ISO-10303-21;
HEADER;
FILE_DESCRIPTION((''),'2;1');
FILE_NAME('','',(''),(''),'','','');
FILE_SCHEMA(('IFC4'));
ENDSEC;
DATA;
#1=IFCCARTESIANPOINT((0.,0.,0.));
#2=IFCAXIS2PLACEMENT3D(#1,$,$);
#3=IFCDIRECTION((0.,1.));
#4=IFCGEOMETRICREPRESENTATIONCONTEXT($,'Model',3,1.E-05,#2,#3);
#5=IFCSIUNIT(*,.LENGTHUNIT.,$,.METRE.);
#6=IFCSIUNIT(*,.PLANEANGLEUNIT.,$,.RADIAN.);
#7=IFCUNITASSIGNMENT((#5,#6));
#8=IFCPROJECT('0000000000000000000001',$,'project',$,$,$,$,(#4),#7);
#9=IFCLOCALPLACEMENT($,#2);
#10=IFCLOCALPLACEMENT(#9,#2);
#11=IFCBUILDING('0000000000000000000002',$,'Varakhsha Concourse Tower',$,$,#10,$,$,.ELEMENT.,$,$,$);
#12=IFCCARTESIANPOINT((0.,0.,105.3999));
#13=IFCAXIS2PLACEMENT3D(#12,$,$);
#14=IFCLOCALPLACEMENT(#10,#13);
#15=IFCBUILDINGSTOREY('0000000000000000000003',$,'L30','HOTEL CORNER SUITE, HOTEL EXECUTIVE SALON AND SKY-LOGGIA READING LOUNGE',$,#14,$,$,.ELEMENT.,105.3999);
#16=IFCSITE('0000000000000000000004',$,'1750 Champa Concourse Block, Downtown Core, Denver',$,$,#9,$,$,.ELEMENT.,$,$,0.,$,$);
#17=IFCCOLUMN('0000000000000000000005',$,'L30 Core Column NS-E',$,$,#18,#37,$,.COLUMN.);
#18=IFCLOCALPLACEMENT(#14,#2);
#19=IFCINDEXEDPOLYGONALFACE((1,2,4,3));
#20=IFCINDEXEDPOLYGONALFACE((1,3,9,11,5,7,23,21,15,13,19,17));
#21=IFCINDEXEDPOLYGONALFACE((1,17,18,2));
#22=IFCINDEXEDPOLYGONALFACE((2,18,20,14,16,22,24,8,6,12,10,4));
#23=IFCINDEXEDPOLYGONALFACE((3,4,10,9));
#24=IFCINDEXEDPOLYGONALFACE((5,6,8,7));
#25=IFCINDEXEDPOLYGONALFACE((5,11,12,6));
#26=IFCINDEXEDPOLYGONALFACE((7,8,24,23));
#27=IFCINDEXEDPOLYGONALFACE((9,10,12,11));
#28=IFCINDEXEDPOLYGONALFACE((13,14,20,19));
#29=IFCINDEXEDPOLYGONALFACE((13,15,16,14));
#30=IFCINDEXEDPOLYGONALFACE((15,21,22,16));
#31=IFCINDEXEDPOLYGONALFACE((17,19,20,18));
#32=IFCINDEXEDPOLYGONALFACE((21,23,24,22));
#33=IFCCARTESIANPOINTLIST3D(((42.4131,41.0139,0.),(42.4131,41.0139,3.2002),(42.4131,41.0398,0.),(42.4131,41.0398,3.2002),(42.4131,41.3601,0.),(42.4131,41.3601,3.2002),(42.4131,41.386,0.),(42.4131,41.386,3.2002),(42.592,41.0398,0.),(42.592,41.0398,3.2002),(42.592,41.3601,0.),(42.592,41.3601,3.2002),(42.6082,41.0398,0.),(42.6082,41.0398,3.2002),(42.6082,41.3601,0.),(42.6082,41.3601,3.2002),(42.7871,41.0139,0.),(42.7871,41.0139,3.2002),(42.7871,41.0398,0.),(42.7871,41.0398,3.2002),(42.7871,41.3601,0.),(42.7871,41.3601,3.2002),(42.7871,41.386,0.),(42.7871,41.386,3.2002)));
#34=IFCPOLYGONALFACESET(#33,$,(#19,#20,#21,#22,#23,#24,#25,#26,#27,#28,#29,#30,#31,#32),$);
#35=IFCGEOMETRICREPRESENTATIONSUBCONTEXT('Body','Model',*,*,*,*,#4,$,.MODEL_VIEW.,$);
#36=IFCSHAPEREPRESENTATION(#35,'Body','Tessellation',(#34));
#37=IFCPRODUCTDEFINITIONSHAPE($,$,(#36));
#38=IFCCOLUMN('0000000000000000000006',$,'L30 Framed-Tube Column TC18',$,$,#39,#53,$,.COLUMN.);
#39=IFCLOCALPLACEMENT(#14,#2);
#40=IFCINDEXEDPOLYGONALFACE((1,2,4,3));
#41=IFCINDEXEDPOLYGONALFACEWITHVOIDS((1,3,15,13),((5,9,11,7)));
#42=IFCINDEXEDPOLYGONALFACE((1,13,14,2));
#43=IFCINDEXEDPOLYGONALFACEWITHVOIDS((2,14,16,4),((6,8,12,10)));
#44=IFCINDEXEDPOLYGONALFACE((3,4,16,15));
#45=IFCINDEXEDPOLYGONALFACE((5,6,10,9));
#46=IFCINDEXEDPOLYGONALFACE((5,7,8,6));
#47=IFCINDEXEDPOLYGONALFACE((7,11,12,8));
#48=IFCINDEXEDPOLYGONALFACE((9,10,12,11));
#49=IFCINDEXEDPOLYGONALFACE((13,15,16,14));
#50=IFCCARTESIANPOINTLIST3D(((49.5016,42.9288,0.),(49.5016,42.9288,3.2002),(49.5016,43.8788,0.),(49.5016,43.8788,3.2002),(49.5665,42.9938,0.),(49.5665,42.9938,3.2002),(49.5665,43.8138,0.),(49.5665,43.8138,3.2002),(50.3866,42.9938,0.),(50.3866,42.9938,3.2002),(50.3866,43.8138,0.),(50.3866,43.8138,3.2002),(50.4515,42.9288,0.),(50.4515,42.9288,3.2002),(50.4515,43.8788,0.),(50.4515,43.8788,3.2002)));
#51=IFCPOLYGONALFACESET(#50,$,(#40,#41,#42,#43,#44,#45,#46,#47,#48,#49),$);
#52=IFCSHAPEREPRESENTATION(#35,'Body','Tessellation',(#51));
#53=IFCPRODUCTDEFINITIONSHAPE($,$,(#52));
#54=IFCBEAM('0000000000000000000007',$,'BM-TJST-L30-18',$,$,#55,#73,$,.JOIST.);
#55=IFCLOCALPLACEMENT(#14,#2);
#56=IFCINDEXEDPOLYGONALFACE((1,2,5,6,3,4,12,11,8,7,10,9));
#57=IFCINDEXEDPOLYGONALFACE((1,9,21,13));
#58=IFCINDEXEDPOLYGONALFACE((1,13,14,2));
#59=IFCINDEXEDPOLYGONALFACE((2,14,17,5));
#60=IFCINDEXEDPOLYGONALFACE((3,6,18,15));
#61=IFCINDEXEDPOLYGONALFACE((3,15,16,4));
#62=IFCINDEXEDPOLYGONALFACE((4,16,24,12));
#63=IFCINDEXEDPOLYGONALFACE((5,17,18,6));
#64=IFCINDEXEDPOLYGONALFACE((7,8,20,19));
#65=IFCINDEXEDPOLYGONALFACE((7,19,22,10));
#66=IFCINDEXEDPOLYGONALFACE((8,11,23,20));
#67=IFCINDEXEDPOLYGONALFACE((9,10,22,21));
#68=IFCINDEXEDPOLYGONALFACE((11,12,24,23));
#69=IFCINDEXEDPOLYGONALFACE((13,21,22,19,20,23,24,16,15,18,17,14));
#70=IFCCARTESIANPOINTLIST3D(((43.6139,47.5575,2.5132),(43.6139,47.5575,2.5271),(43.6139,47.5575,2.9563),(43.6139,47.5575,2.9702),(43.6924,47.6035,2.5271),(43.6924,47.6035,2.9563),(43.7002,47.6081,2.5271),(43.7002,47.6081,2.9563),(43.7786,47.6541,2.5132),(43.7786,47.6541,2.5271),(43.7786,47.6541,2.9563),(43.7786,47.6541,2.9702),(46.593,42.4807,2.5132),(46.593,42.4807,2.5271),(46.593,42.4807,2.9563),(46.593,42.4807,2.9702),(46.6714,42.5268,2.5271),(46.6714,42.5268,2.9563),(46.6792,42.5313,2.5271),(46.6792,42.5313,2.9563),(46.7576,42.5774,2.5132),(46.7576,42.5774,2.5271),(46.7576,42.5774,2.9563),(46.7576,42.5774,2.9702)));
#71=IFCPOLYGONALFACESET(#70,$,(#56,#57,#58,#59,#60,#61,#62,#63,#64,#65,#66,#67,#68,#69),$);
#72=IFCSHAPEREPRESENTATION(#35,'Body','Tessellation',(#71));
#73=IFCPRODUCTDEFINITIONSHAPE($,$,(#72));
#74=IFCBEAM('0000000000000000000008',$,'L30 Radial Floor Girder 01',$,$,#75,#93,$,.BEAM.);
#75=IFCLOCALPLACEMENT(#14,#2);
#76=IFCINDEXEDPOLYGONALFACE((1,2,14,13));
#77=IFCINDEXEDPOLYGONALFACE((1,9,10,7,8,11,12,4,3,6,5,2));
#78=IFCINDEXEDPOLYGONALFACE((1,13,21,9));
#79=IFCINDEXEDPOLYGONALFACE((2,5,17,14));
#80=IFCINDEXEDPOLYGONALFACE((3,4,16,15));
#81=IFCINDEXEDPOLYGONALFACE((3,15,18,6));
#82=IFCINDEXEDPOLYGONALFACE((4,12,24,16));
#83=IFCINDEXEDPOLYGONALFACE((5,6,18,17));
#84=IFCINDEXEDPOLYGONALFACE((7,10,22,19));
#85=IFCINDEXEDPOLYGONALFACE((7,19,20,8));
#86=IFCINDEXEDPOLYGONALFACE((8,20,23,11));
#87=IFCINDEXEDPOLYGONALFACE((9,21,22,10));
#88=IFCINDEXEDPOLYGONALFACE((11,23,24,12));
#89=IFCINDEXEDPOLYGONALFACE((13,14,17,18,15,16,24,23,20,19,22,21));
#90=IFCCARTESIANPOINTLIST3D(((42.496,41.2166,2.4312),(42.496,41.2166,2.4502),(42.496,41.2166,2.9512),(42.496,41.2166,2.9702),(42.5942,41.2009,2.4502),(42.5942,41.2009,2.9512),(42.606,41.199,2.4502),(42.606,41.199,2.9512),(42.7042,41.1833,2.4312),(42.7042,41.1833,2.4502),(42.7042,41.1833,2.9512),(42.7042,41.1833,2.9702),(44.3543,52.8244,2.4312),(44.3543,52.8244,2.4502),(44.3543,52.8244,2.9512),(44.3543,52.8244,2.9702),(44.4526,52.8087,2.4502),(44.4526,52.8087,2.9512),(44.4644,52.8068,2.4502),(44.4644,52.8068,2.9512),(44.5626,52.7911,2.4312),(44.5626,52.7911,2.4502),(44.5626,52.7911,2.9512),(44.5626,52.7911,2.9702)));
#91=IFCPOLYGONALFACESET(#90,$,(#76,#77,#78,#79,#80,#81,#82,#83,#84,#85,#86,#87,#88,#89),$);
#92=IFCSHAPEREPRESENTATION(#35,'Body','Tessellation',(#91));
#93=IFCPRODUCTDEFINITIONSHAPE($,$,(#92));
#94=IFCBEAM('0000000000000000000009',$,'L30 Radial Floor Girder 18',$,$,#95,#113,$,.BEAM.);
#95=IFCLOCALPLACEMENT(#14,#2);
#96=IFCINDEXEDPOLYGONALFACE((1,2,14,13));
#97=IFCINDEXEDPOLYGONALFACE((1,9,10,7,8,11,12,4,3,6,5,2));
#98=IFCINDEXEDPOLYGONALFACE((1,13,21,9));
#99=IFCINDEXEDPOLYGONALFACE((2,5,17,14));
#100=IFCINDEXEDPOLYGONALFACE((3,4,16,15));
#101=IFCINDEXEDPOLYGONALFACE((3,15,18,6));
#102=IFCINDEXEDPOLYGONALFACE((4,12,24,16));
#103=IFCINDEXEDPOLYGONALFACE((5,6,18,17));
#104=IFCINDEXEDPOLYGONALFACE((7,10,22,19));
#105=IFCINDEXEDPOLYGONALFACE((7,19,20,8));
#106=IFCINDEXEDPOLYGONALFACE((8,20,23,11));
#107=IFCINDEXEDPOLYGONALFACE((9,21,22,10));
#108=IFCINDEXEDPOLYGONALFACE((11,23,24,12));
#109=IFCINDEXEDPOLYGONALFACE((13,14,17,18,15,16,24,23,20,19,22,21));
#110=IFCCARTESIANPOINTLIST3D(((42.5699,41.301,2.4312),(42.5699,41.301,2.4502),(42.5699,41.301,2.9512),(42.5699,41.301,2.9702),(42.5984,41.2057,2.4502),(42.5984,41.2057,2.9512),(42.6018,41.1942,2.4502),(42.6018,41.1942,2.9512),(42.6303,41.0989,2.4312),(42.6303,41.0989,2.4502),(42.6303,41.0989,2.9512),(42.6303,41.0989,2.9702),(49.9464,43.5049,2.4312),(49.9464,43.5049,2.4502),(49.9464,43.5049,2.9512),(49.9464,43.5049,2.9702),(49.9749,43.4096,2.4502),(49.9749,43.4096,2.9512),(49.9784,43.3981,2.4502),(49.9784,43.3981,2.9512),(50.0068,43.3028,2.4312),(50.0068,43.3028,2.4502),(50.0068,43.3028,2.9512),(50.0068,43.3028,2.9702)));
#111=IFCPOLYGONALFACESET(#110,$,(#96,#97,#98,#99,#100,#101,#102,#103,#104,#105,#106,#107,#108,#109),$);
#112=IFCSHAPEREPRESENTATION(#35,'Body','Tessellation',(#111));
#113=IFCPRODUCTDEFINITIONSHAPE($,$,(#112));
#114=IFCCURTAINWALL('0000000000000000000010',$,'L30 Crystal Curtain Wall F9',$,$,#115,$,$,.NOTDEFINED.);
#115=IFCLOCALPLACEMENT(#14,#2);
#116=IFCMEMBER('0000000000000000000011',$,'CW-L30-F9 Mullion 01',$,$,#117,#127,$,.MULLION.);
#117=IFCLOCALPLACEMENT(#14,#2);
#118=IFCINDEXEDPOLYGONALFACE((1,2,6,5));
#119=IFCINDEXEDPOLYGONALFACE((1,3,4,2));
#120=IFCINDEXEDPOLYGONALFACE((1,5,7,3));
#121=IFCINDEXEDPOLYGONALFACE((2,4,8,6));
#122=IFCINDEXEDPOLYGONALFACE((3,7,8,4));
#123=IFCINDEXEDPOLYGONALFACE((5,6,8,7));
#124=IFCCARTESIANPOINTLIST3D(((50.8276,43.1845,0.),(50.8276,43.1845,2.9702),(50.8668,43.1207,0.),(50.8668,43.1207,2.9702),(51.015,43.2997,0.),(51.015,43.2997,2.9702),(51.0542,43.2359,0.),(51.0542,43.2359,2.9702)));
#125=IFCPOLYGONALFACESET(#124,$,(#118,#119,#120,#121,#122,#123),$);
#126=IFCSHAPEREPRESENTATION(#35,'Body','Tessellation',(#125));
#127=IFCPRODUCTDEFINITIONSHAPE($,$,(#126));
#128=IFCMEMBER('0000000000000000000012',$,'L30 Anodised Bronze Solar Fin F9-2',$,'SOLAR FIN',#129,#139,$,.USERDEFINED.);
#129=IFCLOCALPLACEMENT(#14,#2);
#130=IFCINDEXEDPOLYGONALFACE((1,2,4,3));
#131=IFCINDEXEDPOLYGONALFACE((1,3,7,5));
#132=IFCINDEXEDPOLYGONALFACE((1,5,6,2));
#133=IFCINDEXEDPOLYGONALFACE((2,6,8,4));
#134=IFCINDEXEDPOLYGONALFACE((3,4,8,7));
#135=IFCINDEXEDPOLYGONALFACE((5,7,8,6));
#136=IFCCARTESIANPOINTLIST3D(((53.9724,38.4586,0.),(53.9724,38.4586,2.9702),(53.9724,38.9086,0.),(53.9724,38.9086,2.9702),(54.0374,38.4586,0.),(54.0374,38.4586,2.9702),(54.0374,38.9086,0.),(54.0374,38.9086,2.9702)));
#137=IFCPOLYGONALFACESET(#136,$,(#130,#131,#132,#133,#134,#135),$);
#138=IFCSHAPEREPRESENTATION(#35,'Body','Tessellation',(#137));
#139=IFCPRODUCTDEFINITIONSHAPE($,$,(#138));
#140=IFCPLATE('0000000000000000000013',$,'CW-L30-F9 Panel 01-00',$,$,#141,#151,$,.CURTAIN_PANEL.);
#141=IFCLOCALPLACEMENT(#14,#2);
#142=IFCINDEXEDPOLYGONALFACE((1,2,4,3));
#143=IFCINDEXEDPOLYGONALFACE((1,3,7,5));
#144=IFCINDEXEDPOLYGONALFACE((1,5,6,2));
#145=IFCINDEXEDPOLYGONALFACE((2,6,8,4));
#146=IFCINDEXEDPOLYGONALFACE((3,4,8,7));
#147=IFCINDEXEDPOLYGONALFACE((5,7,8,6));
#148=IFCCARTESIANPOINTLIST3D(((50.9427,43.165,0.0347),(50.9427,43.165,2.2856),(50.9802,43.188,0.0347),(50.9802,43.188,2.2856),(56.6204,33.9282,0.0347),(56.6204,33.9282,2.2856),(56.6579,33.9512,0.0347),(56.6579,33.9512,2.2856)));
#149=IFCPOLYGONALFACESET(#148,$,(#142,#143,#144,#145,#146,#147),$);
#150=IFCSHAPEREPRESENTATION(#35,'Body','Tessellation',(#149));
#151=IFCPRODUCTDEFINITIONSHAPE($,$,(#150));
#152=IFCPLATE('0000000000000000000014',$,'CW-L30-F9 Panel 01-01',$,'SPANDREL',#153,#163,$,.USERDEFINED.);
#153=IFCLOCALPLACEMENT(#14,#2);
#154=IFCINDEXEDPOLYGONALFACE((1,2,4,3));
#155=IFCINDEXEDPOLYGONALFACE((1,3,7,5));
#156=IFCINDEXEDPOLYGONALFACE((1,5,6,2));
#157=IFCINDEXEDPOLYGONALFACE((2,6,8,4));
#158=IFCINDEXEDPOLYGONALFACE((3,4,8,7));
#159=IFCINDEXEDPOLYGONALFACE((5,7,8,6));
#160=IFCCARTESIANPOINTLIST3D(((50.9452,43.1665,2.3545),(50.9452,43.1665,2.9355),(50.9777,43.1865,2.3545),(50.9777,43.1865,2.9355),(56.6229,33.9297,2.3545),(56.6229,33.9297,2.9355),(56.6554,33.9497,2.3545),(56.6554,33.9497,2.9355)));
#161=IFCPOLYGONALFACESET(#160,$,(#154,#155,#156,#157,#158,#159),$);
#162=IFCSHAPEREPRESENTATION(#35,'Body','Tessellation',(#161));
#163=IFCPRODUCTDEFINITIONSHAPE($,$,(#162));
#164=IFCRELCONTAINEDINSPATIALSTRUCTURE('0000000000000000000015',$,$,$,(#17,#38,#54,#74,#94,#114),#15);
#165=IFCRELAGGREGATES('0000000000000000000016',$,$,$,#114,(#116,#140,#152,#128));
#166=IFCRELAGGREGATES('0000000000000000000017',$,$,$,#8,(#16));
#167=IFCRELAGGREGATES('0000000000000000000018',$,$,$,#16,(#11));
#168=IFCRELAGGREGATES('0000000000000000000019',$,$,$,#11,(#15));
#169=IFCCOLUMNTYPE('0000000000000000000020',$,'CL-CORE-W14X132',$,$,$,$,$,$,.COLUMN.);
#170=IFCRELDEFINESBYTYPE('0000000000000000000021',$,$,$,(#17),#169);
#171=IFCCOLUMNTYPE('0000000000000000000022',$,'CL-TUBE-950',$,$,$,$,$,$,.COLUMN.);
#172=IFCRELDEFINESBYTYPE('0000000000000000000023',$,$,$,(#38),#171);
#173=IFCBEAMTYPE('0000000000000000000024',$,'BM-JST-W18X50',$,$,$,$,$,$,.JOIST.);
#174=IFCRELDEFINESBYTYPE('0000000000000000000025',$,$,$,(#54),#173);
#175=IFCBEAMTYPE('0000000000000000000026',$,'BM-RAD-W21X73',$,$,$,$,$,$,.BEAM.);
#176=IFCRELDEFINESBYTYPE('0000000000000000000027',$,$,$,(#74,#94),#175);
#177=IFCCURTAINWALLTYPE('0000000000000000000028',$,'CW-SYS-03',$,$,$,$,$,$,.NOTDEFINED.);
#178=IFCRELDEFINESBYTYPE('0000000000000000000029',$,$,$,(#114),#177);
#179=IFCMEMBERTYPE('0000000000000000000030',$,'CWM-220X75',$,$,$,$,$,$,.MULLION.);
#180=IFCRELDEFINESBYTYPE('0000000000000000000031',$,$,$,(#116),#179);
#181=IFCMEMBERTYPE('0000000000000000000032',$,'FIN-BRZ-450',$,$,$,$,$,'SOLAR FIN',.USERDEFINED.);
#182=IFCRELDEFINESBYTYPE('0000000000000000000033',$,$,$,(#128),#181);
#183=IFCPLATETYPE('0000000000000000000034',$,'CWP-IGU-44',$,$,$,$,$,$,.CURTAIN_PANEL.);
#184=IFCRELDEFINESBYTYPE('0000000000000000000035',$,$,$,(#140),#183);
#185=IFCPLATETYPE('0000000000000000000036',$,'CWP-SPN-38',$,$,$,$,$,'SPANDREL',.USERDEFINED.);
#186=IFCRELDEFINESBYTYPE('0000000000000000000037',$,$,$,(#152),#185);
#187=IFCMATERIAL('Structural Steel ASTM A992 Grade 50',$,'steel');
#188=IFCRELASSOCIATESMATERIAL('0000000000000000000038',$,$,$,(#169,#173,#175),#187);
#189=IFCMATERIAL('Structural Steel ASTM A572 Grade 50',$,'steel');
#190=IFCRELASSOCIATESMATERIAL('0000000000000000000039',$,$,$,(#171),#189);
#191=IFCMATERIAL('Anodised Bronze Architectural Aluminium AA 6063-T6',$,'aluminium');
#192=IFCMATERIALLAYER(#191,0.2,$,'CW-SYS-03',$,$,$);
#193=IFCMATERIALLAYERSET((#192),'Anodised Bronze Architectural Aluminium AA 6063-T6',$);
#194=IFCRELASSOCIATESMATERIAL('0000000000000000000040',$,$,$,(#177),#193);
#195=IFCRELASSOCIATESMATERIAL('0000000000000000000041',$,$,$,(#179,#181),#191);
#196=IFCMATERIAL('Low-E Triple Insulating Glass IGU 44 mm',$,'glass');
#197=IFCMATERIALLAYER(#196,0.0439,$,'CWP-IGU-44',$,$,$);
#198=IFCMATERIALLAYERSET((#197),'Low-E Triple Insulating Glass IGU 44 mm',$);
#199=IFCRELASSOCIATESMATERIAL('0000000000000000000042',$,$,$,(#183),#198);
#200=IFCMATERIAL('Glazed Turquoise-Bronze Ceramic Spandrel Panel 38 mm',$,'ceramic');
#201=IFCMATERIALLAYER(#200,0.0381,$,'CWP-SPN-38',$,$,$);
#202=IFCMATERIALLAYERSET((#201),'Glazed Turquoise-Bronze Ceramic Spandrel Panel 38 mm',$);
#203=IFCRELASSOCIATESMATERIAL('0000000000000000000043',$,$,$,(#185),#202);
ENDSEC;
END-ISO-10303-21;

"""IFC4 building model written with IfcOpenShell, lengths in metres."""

from ifc_helpers import new_model, si_unit, direction, frame, origin, origin_2d, place, context, subcontext, project, spatial, rectangle, hollow_rectangle, i_section, extrude, source, transform, mapped, material, layer, layer_set, material_profile, profile_set, type_object, type_shapes, element, aggregate, save


model = new_model("IFC4")

# Units and contexts
model_context = context("Model", 3, precision=1e-05, world=origin(), true_north=direction((0.0, 1.0)))
body_context = subcontext(model_context, "Body", "Model", "MODEL_VIEW")
ifc_project = project(units=[si_unit("LENGTHUNIT", "METRE"), si_unit("PLANEANGLEUNIT", "RADIAN")], contexts=[model_context])

# Site, building, storey
site_placement = place(None, origin())
site = spatial("IfcSite", under=ifc_project, at=site_placement, Name="1750 Champa Concourse Block, Downtown Core, Denver", CompositionType="ELEMENT", RefElevation=0.0)
building_placement = place(site_placement, origin())
building = spatial("IfcBuilding", under=site, at=building_placement, Name="Varakhsha Concourse Tower", CompositionType="ELEMENT")
storey_placement = place(building_placement, frame((0.0, 0.0, 105.3999)))
storey = spatial("IfcBuildingStorey", under=building, at=storey_placement, Name="L30", Description="HOTEL CORNER SUITE, HOTEL EXECUTIVE SALON AND SKY-LOGGIA READING LOUNGE", CompositionType="ELEMENT", Elevation=105.3999)

# Columns
ifc_material_1 = material(Name="Structural Steel ASTM A992 Grade 50", Category="steel")
ifc_material_profile_1 = material_profile(ifc_material_1, i_section(OverallWidth=0.374, OverallDepth=0.3721, WebThickness=0.0161, FlangeThickness=0.0259, at=origin_2d()), Name="W14X132")
ifc_profile_set_1 = profile_set([ifc_material_profile_1], Name="Structural Steel ASTM A992 Grade 50")
column_type_1 = type_object("IfcColumnType", Name="CL-CORE-W14X132", PredefinedType="COLUMN", material=ifc_profile_set_1)
column_1_placement = place(storey_placement, frame((42.6001, 41.2, 0.0), z_axis=(0.0, 0.0, 1.0), x_axis=(1.0, 0.0, 0.0)))
element("IfcColumn", 1, at=column_1_placement, inside=storey, type_object=column_type_1, Name="L30 Core Column NS-E", PredefinedType="COLUMN", context=body_context, shape_type="SweptSolid", body=[
    extrude(i_section(OverallWidth=0.374, OverallDepth=0.3721, WebThickness=0.0161, FlangeThickness=0.0259, at=origin_2d()), origin(), (0.0, 0.0, 1.0), 3.2002),
])
ifc_material_2 = material(Name="Structural Steel ASTM A572 Grade 50", Category="steel")
ifc_material_profile_2 = material_profile(ifc_material_2, hollow_rectangle(XDim=0.95, YDim=0.95, WallThickness=0.0649, at=origin_2d()), Name="BOX 950x950x65")
ifc_profile_set_2 = profile_set([ifc_material_profile_2], Name="Structural Steel ASTM A572 Grade 50")
column_type_2 = type_object("IfcColumnType", Name="CL-TUBE-950", PredefinedType="COLUMN", material=ifc_profile_set_2)
column_2_placement = place(storey_placement, frame((49.9766, 43.4038, 0.0), z_axis=(0.0, 0.0, 1.0), x_axis=(1.0, 0.0, 0.0)))
element("IfcColumn", 2, at=column_2_placement, inside=storey, type_object=column_type_2, Name="L30 Framed-Tube Column TC18", PredefinedType="COLUMN", context=body_context, shape_type="SweptSolid", body=[
    extrude(hollow_rectangle(XDim=0.95, YDim=0.95, WallThickness=0.0649, at=origin_2d()), origin(), (0.0, 0.0, 1.0), 3.2002),
])

# Beams
ifc_material_profile_3 = material_profile(ifc_material_1, i_section(OverallWidth=0.1909, OverallDepth=0.457, WebThickness=0.009, FlangeThickness=0.0139, at=origin_2d()), Name="W18X50")
ifc_profile_set_3 = profile_set([ifc_material_profile_3], Name="Structural Steel ASTM A992 Grade 50")
beam_type_1 = type_object("IfcBeamType", Name="BM-JST-W18X50", PredefinedType="JOIST", material=ifc_profile_set_3)
beam_1_placement = place(storey_placement, frame((46.6753, 42.5291, 2.7417), z_axis=(-0.506103, 0.862473, 0.0), x_axis=(-0.862473, -0.506103, 0.0)))
element("IfcBeam", 3, at=beam_1_placement, inside=storey, type_object=beam_type_1, Name="BM-TJST-L30-18", PredefinedType="JOIST", context=body_context, shape_type="SweptSolid", body=[
    extrude(i_section(OverallWidth=0.1909, OverallDepth=0.457, WebThickness=0.009, FlangeThickness=0.0139, at=origin_2d()), origin(), (0.0, 0.0, 1.0), 5.8862),
])
ifc_material_profile_4 = material_profile(ifc_material_1, i_section(OverallWidth=0.2109, OverallDepth=0.5391, WebThickness=0.012, FlangeThickness=0.019, at=origin_2d()), Name="W21X73")
ifc_profile_set_4 = profile_set([ifc_material_profile_4], Name="Structural Steel ASTM A992 Grade 50")
beam_type_2 = type_object("IfcBeamType", Name="BM-RAD-W21X73", PredefinedType="BEAM", material=ifc_profile_set_4)
beam_2_placement = place(storey_placement, frame((42.6001, 41.2, 2.7007), z_axis=(0.158084, 0.987426, 0.0), x_axis=(-0.987426, 0.158084, 0.0)))
element("IfcBeam", 4, at=beam_2_placement, inside=storey, type_object=beam_type_2, Name="L30 Radial Floor Girder 01", PredefinedType="BEAM", context=body_context, shape_type="SweptSolid", body=[
    extrude(i_section(OverallWidth=0.2109, OverallDepth=0.5391, WebThickness=0.012, FlangeThickness=0.019, at=origin_2d()), origin(), (0.0, 0.0, 1.0), 11.7556),
])
beam_3_placement = place(storey_placement, frame((42.6001, 41.2, 2.7007), z_axis=(0.95815, 0.286265, 0.0), x_axis=(-0.286265, 0.95815, 0.0)))
element("IfcBeam", 5, at=beam_3_placement, inside=storey, type_object=beam_type_2, Name="L30 Radial Floor Girder 18", PredefinedType="BEAM", context=body_context, shape_type="SweptSolid", body=[
    extrude(i_section(OverallWidth=0.2109, OverallDepth=0.5391, WebThickness=0.012, FlangeThickness=0.019, at=origin_2d()), origin(), (0.0, 0.0, 1.0), 7.6987),
])

# Curtain wall, members, plates
ifc_material_3 = material(Name="Anodised Bronze Architectural Aluminium AA 6063-T6", Category="aluminium")
ifc_layer_1 = layer(ifc_material_3, 0.2, Name="CW-SYS-03")
ifc_layer_set_1 = layer_set([ifc_layer_1], Name="Anodised Bronze Architectural Aluminium AA 6063-T6")
curtain_wall_type = type_object("IfcCurtainWallType", Name="CW-SYS-03", PredefinedType="NOTDEFINED", material=ifc_layer_set_1)
curtain_wall_placement = place(storey_placement, origin())
curtain_wall = element("IfcCurtainWall", 6, at=curtain_wall_placement, inside=storey, type_object=curtain_wall_type, Name="L30 Crystal Curtain Wall F9", PredefinedType="NOTDEFINED")
ifc_material_profile_5 = material_profile(ifc_material_3, rectangle(XDim=0.075, YDim=0.22, at=origin_2d()), Name="CWM-220X75")
ifc_profile_set_5 = profile_set([ifc_material_profile_5], Name="Anodised Bronze Architectural Aluminium AA 6063-T6")
member_type_1 = type_object("IfcMemberType", Name="CWM-220X75", PredefinedType="MULLION", material=ifc_profile_set_5)
shared_shape_1 = source(origin(), body_context, "Body", "SweptSolid", [
    extrude(rectangle(XDim=0.075, YDim=0.22, at=origin_2d()), origin(), (0.0, 0.0, 1.0), 2.9702),
])
type_shapes(member_type_1, [shared_shape_1])
member_1_placement = place(storey_placement, frame((50.9409, 43.2102, 0.0), z_axis=(0.0, 0.0, 1.0), x_axis=(0.523665, -0.851924, 0.0)))
member_1 = element("IfcMember", 7, at=member_1_placement, type_object=member_type_1, Name="CW-L30-F9 Mullion 01", PredefinedType="MULLION", context=body_context, shape_type="MappedRepresentation", body=[
    mapped(shared_shape_1, transform((0.0, 0.0, 0.0), scale=1.0)),
])
ifc_material_profile_6 = material_profile(ifc_material_3, rectangle(XDim=0.0649, YDim=0.45, at=origin_2d()), Name="FIN-BRZ-450")
ifc_profile_set_6 = profile_set([ifc_material_profile_6], Name="Anodised Bronze Architectural Aluminium AA 6063-T6")
member_type_2 = type_object("IfcMemberType", Name="FIN-BRZ-450", ElementType="SOLAR FIN", PredefinedType="USERDEFINED", material=ifc_profile_set_6)
shared_shape_2 = source(origin(), body_context, "Body", "SweptSolid", [
    extrude(rectangle(XDim=0.0649, YDim=0.45, at=origin_2d()), origin(), (0.0, 0.0, 1.0), 2.9702),
])
type_shapes(member_type_2, [shared_shape_2])
member_2_placement = place(storey_placement, frame((54.0049, 38.6836, 0.0), z_axis=(0.0, 0.0, 1.0), x_axis=(1.0, 0.0, 0.0)))
member_2 = element("IfcMember", 8, at=member_2_placement, type_object=member_type_2, Name="L30 Anodised Bronze Solar Fin F9-2", ObjectType="SOLAR FIN", PredefinedType="USERDEFINED", context=body_context, shape_type="MappedRepresentation", body=[
    mapped(shared_shape_2, transform((0.0, 0.0, 0.0), scale=1.0)),
])
ifc_material_4 = material(Name="Low-E Triple Insulating Glass IGU 44 mm", Category="glass")
ifc_layer_2 = layer(ifc_material_4, 0.0439, Name="CWP-IGU-44")
ifc_layer_set_2 = layer_set([ifc_layer_2], Name="Low-E Triple Insulating Glass IGU 44 mm")
plate_type_1 = type_object("IfcPlateType", Name="CWP-IGU-44", PredefinedType="CURTAIN_PANEL", material=ifc_layer_set_2)
shared_shape_3 = source(origin(), body_context, "Body", "SweptSolid", [
    extrude(rectangle(XDim=10.8423, YDim=0.0439, at=origin_2d()), origin(), (0.0, 0.0, 1.0), 2.251),
])
type_shapes(plate_type_1, [shared_shape_3])
plate_1_placement = place(storey_placement, frame((53.8003, 38.5581, 0.0347), z_axis=(0.0, 0.0, 1.0), x_axis=(0.523665, -0.851924, 0.0)))
plate_1 = element("IfcPlate", 9, at=plate_1_placement, type_object=plate_type_1, Name="CW-L30-F9 Panel 01-00", PredefinedType="CURTAIN_PANEL", context=body_context, shape_type="MappedRepresentation", body=[
    mapped(shared_shape_3, transform((0.0, 0.0, 0.0), scale=1.0)),
])
ifc_material_5 = material(Name="Glazed Turquoise-Bronze Ceramic Spandrel Panel 38 mm", Category="ceramic")
ifc_layer_3 = layer(ifc_material_5, 0.0381, Name="CWP-SPN-38")
ifc_layer_set_3 = layer_set([ifc_layer_3], Name="Glazed Turquoise-Bronze Ceramic Spandrel Panel 38 mm")
plate_type_2 = type_object("IfcPlateType", Name="CWP-SPN-38", ElementType="SPANDREL", PredefinedType="USERDEFINED", material=ifc_layer_set_3)
shared_shape_4 = source(origin(), body_context, "Body", "SweptSolid", [
    extrude(rectangle(XDim=10.8423, YDim=0.0381, at=origin_2d()), origin(), (0.0, 0.0, 1.0), 0.5811),
])
type_shapes(plate_type_2, [shared_shape_4])
plate_2_placement = place(storey_placement, frame((53.8003, 38.5581, 2.3545), z_axis=(0.0, 0.0, 1.0), x_axis=(0.523665, -0.851924, 0.0)))
plate_2 = element("IfcPlate", 10, at=plate_2_placement, type_object=plate_type_2, Name="CW-L30-F9 Panel 01-01", ObjectType="SPANDREL", PredefinedType="USERDEFINED", context=body_context, shape_type="MappedRepresentation", body=[
    mapped(shared_shape_4, transform((0.0, 0.0, 0.0), scale=1.0)),
])
aggregate(curtain_wall, [member_1, plate_1, plate_2, member_2])

save(model, "model.ifc")
